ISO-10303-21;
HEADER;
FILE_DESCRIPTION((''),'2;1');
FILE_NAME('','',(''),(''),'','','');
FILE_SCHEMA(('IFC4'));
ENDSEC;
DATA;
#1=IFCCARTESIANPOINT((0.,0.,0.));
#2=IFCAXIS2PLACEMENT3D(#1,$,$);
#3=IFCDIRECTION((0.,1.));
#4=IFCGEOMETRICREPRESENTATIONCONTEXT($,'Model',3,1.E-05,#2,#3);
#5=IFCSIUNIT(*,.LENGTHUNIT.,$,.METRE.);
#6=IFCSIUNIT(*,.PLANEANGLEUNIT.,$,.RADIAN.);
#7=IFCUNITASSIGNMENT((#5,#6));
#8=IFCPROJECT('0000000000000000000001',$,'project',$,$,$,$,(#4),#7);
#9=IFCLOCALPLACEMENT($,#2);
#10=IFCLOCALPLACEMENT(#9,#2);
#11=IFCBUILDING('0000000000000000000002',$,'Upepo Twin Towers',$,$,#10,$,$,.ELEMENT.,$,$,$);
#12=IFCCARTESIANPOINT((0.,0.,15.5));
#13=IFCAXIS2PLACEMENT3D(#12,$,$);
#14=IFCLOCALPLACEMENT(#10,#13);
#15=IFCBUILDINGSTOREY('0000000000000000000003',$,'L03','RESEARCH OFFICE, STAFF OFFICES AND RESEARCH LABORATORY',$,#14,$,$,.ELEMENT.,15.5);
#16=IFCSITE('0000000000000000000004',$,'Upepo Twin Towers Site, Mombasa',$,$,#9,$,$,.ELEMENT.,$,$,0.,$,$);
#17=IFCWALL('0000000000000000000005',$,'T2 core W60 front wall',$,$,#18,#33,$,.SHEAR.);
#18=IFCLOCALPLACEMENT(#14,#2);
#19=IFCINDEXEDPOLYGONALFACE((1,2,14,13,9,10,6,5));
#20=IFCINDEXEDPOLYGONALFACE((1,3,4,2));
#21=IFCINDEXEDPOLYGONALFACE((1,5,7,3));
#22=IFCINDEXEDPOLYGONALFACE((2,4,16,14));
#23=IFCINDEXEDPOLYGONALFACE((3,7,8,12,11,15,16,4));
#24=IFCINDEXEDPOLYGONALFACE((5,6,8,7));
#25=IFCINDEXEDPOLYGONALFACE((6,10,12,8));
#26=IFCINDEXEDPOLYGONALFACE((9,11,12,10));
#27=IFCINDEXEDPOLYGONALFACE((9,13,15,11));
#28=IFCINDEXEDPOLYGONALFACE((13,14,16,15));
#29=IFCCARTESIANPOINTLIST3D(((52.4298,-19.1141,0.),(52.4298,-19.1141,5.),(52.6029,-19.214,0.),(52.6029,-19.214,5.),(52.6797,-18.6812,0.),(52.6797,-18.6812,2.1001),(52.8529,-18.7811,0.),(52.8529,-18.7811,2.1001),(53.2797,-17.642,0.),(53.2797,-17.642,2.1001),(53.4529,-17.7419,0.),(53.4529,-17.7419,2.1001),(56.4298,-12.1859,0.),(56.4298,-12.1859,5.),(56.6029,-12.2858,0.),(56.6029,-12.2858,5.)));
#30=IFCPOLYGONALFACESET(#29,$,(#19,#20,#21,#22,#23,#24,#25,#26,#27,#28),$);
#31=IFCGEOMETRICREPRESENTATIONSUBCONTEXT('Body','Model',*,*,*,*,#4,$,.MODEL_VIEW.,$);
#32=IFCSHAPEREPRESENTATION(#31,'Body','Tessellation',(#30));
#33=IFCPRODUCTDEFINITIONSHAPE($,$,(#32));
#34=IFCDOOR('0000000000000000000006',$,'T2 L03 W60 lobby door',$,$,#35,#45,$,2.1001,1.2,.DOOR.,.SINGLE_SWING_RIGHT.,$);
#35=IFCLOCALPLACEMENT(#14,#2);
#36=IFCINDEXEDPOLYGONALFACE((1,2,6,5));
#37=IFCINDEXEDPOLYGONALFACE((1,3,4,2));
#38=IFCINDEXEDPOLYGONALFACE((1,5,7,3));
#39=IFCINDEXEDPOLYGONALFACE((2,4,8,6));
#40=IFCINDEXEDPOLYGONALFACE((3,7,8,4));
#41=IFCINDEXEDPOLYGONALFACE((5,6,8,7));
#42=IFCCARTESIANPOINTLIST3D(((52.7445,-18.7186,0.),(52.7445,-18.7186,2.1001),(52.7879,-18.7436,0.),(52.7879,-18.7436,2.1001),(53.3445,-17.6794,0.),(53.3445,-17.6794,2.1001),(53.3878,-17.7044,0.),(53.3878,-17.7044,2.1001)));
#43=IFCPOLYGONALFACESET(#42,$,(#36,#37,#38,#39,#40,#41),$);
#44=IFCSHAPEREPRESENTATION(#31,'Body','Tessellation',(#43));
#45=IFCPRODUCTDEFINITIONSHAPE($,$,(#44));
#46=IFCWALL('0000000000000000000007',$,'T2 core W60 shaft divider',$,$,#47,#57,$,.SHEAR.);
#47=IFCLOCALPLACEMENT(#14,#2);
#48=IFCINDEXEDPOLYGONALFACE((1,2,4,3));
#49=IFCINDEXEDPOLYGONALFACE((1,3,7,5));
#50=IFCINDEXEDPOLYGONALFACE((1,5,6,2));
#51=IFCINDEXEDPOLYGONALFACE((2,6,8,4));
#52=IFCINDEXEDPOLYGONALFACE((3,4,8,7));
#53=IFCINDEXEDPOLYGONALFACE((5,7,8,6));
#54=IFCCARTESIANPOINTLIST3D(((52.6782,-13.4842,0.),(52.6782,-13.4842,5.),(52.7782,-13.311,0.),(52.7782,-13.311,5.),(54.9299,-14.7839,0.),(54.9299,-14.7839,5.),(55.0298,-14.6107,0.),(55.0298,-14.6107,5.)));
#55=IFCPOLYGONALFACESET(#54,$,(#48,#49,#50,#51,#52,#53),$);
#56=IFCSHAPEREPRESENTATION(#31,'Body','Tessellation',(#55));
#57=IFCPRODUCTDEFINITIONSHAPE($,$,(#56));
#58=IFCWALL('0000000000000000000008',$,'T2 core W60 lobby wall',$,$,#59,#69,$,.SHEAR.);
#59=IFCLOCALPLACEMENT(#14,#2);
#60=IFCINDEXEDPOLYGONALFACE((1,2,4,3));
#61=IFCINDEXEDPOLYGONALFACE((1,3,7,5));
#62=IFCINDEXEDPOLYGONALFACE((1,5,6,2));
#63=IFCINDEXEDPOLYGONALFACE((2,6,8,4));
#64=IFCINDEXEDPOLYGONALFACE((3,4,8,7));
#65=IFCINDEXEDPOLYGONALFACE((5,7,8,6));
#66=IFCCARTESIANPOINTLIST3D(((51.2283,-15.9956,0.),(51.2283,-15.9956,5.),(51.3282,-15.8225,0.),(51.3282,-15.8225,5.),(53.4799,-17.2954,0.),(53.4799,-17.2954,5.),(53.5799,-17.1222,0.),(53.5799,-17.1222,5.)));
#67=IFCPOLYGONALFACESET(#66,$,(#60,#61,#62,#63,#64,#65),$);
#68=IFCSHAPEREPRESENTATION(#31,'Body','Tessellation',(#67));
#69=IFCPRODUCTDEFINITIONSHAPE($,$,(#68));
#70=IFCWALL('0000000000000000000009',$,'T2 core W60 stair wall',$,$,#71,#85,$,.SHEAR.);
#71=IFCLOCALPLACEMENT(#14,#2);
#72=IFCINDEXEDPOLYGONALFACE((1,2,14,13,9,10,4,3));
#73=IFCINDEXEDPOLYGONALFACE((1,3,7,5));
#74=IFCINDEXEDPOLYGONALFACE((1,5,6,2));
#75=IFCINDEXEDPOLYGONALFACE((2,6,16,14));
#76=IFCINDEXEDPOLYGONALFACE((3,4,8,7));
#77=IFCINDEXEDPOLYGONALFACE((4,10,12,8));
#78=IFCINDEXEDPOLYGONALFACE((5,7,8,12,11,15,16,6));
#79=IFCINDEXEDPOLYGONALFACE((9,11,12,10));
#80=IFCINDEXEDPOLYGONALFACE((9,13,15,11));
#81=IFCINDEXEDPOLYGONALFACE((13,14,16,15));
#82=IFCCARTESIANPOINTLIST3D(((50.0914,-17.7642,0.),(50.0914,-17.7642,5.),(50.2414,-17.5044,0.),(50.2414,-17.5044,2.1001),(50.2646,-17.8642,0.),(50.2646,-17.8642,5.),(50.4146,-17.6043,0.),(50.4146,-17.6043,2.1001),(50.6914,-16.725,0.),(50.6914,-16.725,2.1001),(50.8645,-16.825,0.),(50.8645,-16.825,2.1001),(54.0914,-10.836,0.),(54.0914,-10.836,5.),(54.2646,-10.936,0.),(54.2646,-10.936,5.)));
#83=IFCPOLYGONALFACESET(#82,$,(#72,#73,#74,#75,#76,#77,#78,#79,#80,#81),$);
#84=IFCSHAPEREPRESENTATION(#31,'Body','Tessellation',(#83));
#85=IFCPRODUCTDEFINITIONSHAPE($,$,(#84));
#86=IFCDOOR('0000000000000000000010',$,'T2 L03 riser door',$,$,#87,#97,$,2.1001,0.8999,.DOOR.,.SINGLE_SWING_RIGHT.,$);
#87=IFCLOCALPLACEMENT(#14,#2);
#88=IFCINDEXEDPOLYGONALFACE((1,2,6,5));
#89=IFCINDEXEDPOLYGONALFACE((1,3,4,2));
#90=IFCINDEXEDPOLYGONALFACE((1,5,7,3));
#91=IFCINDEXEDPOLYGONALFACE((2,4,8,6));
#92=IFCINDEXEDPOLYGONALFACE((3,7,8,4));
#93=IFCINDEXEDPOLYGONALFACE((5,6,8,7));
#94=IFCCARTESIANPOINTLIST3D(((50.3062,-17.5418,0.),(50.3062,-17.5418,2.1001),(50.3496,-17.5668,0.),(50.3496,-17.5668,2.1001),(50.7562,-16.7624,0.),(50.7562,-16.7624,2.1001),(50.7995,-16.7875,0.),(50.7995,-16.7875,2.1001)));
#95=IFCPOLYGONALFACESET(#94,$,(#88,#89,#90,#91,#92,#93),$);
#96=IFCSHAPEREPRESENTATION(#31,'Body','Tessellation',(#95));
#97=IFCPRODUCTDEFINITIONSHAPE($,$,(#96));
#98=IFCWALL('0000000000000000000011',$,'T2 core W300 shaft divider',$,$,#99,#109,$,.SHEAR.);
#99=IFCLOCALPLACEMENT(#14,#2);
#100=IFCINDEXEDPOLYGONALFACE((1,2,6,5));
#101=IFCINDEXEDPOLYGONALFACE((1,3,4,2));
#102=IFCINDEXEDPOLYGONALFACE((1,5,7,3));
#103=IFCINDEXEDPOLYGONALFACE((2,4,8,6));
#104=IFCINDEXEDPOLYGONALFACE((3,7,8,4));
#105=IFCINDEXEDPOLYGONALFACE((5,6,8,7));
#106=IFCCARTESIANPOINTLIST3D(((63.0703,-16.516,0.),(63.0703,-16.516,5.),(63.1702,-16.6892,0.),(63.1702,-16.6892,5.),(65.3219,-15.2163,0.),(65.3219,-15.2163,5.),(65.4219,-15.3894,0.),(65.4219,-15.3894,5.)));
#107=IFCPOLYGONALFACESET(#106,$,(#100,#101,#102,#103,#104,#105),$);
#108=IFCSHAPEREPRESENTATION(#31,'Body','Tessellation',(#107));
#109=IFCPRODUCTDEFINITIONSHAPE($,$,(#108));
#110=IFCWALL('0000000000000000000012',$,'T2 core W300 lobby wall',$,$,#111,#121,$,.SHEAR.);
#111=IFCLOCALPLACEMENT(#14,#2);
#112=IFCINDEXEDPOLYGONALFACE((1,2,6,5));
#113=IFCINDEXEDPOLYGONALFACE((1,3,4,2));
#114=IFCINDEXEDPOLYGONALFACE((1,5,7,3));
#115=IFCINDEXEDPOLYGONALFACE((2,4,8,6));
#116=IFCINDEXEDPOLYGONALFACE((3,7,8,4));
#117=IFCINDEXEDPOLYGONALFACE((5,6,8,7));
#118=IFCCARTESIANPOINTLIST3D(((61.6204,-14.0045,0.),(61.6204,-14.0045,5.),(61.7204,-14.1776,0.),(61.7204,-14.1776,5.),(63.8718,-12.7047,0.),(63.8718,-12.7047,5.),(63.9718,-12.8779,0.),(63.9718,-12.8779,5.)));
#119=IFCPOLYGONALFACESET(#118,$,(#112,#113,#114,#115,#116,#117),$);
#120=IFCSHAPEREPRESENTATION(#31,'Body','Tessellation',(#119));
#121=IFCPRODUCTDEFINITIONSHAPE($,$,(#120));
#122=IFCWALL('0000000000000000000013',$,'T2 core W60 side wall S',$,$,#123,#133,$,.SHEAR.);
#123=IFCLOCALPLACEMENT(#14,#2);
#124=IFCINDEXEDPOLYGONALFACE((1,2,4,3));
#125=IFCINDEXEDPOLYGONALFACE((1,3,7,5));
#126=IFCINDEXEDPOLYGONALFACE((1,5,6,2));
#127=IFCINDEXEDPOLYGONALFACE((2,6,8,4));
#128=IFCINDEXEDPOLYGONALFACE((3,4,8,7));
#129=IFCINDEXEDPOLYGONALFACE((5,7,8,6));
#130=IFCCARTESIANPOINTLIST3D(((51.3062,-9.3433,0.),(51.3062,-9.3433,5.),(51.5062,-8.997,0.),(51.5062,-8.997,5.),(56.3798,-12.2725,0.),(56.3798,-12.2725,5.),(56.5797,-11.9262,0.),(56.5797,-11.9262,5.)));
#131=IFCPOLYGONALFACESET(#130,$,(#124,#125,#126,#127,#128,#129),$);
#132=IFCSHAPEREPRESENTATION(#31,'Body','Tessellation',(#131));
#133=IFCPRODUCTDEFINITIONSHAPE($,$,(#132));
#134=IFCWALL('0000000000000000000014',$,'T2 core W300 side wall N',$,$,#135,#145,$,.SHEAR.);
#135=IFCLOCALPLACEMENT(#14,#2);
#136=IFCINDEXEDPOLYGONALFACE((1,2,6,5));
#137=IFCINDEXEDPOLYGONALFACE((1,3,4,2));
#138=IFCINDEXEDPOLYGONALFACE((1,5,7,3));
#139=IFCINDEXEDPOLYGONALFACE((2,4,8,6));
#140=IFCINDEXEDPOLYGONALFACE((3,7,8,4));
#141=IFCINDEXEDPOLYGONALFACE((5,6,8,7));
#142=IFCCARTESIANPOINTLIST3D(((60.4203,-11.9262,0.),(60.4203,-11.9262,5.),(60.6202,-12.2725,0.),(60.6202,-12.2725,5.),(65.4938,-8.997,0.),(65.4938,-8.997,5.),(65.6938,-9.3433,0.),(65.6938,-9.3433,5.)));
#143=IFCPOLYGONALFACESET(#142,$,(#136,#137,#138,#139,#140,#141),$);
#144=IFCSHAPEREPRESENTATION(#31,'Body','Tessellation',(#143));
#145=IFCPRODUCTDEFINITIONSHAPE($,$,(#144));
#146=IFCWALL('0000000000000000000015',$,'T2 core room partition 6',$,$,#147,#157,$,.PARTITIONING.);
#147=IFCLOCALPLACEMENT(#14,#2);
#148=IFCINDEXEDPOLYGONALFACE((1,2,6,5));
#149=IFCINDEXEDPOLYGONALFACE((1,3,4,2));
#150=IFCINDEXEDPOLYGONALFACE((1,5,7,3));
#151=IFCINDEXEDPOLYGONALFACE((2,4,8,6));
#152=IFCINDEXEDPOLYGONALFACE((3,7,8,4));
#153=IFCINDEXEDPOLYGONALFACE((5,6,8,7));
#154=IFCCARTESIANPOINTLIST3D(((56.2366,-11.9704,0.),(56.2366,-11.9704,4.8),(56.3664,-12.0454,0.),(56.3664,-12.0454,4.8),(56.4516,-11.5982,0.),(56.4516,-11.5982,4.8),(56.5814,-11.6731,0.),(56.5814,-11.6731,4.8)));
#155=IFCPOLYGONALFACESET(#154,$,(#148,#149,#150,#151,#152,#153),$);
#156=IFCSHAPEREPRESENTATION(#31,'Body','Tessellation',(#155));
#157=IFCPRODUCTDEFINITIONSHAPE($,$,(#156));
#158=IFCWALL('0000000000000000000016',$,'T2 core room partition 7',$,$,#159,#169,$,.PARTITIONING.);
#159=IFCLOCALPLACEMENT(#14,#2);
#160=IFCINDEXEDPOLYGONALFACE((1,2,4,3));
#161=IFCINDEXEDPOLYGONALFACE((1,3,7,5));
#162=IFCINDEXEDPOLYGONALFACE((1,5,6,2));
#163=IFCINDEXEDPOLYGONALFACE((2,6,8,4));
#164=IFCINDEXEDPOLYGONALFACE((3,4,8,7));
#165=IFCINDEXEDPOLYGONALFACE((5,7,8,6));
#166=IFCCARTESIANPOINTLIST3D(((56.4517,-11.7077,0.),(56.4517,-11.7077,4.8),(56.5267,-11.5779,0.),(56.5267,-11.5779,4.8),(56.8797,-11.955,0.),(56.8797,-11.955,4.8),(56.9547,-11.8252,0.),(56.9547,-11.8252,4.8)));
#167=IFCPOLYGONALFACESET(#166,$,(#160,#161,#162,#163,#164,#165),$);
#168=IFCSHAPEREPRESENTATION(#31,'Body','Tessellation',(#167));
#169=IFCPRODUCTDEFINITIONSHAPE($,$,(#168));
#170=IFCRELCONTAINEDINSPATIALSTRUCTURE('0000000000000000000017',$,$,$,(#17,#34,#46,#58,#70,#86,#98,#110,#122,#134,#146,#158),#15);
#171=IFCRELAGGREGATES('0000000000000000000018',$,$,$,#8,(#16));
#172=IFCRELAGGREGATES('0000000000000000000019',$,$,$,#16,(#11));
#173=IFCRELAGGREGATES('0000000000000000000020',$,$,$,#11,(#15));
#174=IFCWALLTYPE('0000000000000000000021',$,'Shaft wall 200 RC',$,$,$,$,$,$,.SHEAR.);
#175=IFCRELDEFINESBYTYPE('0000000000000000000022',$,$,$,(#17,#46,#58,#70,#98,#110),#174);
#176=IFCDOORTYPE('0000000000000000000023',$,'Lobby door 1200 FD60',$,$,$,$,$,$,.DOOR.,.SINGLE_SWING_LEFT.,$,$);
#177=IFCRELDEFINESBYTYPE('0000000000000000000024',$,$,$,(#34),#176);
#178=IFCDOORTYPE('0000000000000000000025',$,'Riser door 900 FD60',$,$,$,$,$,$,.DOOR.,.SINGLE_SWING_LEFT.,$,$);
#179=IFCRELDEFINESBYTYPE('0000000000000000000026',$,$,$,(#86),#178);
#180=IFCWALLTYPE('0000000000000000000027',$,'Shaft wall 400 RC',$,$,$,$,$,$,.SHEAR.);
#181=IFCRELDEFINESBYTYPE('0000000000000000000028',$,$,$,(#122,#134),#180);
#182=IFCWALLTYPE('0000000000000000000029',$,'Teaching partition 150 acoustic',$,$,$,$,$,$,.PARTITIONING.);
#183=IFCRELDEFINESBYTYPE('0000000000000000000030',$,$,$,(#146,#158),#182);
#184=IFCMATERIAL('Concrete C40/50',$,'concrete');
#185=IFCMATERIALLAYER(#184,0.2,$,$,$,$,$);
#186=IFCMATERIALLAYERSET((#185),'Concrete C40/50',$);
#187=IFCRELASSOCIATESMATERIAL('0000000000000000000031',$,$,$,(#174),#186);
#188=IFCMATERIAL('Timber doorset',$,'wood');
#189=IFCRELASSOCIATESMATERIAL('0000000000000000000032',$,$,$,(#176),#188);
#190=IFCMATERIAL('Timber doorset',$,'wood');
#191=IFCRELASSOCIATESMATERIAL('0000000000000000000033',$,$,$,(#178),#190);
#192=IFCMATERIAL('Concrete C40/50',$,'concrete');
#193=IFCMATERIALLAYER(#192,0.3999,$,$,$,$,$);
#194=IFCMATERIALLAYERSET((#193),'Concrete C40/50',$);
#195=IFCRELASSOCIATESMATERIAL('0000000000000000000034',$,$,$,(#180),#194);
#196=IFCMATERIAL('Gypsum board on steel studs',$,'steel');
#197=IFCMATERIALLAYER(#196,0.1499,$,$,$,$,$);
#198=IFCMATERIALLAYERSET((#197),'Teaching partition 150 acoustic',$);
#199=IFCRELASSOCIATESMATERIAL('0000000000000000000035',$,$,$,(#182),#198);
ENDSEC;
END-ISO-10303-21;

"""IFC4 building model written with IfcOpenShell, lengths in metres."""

from ifc_helpers import new_model, si_unit, direction, frame, frame_2d, origin, place, context, subcontext, project, spatial, rectangle, extrude, material, layer, layer_set, type_object, element, fill, save


model = new_model("IFC4")

# Units and contexts
model_context = context("Model", 3, precision=1e-05, world=origin(), true_north=direction((0.0, 1.0)))
body_context = subcontext(model_context, "Body", "Model", "MODEL_VIEW")
ifc_project = project(units=[si_unit("LENGTHUNIT", "METRE"), si_unit("PLANEANGLEUNIT", "RADIAN")], contexts=[model_context])

# Site, building, storey
site_placement = place(None, origin())
site = spatial("IfcSite", under=ifc_project, at=site_placement, Name="Upepo Twin Towers Site, Mombasa", CompositionType="ELEMENT", RefElevation=0.0)
building_placement = place(site_placement, origin())
building = spatial("IfcBuilding", under=site, at=building_placement, Name="Upepo Twin Towers", CompositionType="ELEMENT")
storey_placement = place(building_placement, frame((0.0, 0.0, 15.5)))
storey = spatial("IfcBuildingStorey", under=building, at=storey_placement, Name="L03", Description="RESEARCH OFFICE, STAFF OFFICES AND RESEARCH LABORATORY", CompositionType="ELEMENT", Elevation=15.5)

# Wall, opening, door
ifc_material_1 = material(Name="Concrete C40/50", Category="concrete")
ifc_layer_1 = layer(ifc_material_1, 0.2)
ifc_layer_set_1 = layer_set([ifc_layer_1], Name="Concrete C40/50")
wall_type_1 = type_object("IfcWallType", Name="Shaft wall 200 RC", PredefinedType="SHEAR", material=ifc_layer_set_1)
wall_1_placement = place(storey_placement, frame((56.5164, -12.2358, 0.0), z_axis=(0.0, 0.0, 1.0), x_axis=(-0.499999, -0.866026, 0.0)))
wall_1 = element("IfcWall", 1, at=wall_1_placement, inside=storey, type_object=wall_type_1, Name="T2 core W60 front wall", PredefinedType="SHEAR", context=body_context, shape_type="SweptSolid", body=[
    extrude(rectangle(XDim=8.0, YDim=0.2, at=frame_2d((4.0, 0.0))), origin(), (0.0, 0.0, 1.0), 5.0),
])
opening_1_placement = place(wall_1_placement, frame((6.3, 0.0, 0.0)))
opening_1 = element("IfcOpeningElement", 2, at=opening_1_placement, cuts=wall_1, PredefinedType="OPENING", context=body_context, shape_type="SweptSolid", body=[
    extrude(rectangle(XDim=1.2, YDim=2.1001, at=frame_2d((0.6001, 1.05))), frame((0.0, 0.1099, 0.0), z_axis=(0.0, -1.0, 0.0), x_axis=(1.0, 0.0, 0.0)), (0.0, 0.0, 1.0), 0.22),
])
ifc_material_2 = material(Name="Timber doorset", Category="wood")
door_type_1 = type_object("IfcDoorType", Name="Lobby door 1200 FD60", OperationType="SINGLE_SWING_LEFT", PredefinedType="DOOR", material=ifc_material_2)
door_1_placement = place(opening_1_placement, origin())
door_1 = element("IfcDoor", 3, at=door_1_placement, inside=storey, type_object=door_type_1, Name="T2 L03 W60 lobby door", OperationType="SINGLE_SWING_RIGHT", OverallHeight=2.1001, OverallWidth=1.2, PredefinedType="DOOR", context=body_context, shape_type="SweptSolid", body=[
    extrude(rectangle(XDim=1.2, YDim=2.1001, at=frame_2d((0.6001, 1.05))), frame((0.0, 0.0249, 0.0), z_axis=(0.0, -1.0, 0.0), x_axis=(1.0, 0.0, 0.0)), (0.0, 0.0, 1.0), 0.05),
])
fill(opening_1, door_1)

# Walls
for number, where, z_axis, x_axis, name in (
    (4, (54.9797, -14.6973, 0.0), (0.0, 0.0, 1.0), (-0.866062, 0.499937, 0.0), "T2 core W60 shaft divider"),
    (5, (53.5298, -17.2087, 0.0), (0.0, 0.0, 1.0), (-0.866062, 0.499937, 0.0), "T2 core W60 lobby wall"),
):
    element("IfcWall", number, at=place(storey_placement, frame(where, z_axis=z_axis, x_axis=x_axis)), inside=storey, type_object=wall_type_1, Name=name, PredefinedType="SHEAR", context=body_context, shape_type="SweptSolid", body=[
        extrude(rectangle(XDim=2.5999, YDim=0.2, at=frame_2d((1.2998, 0.0))), origin(), (0.0, 0.0, 1.0), 5.0),
    ])

# Wall, opening, door
wall_2_placement = place(storey_placement, frame((54.178, -10.886, 0.0), z_axis=(0.0, 0.0, 1.0), x_axis=(-0.499999, -0.866026, 0.0)))
wall_2 = element("IfcWall", 6, at=wall_2_placement, inside=storey, type_object=wall_type_1, Name="T2 core W60 stair wall", PredefinedType="SHEAR", context=body_context, shape_type="SweptSolid", body=[
    extrude(rectangle(XDim=8.0, YDim=0.2, at=frame_2d((4.0, 0.0))), origin(), (0.0, 0.0, 1.0), 5.0),
])
opening_2_placement = place(wall_2_placement, frame((6.8, 0.0, 0.0)))
opening_2 = element("IfcOpeningElement", 7, at=opening_2_placement, cuts=wall_2, PredefinedType="OPENING", context=body_context, shape_type="SweptSolid", body=[
    extrude(rectangle(XDim=0.8999, YDim=2.1001, at=frame_2d((0.45, 1.05))), frame((0.0, 0.1099, 0.0), z_axis=(0.0, -1.0, 0.0), x_axis=(1.0, 0.0, 0.0)), (0.0, 0.0, 1.0), 0.22),
])
ifc_material_3 = material(Name="Timber doorset", Category="wood")
door_type_2 = type_object("IfcDoorType", Name="Riser door 900 FD60", OperationType="SINGLE_SWING_LEFT", PredefinedType="DOOR", material=ifc_material_3)
door_2_placement = place(opening_2_placement, origin())
door_2 = element("IfcDoor", 8, at=door_2_placement, inside=storey, type_object=door_type_2, Name="T2 L03 riser door", OperationType="SINGLE_SWING_RIGHT", OverallHeight=2.1001, OverallWidth=0.8999, PredefinedType="DOOR", context=body_context, shape_type="SweptSolid", body=[
    extrude(rectangle(XDim=0.8999, YDim=2.1001, at=frame_2d((0.45, 1.05))), frame((0.0, 0.0249, 0.0), z_axis=(0.0, -1.0, 0.0), x_axis=(1.0, 0.0, 0.0)), (0.0, 0.0, 1.0), 0.05),
])
fill(opening_2, door_2)

# Walls
wall_3_placement = place(storey_placement, frame((63.1204, -16.6025, 0.0), z_axis=(0.0, 0.0, 1.0), x_axis=(0.866062, 0.499937, 0.0)))
element("IfcWall", 9, at=wall_3_placement, inside=storey, type_object=wall_type_1, Name="T2 core W300 shaft divider", PredefinedType="SHEAR", context=body_context, shape_type="SweptSolid", body=[
    extrude(rectangle(XDim=2.5999, YDim=0.2, at=frame_2d((1.2998, 0.0))), origin(), (0.0, 0.0, 1.0), 5.0),
])
wall_4_placement = place(storey_placement, frame((61.6704, -14.0911, 0.0), z_axis=(0.0, 0.0, 1.0), x_axis=(0.866039, 0.499977, 0.0)))
element("IfcWall", 10, at=wall_4_placement, inside=storey, type_object=wall_type_1, Name="T2 core W300 lobby wall", PredefinedType="SHEAR", context=body_context, shape_type="SweptSolid", body=[
    extrude(rectangle(XDim=2.5996, YDim=0.2, at=frame_2d((1.2998, 0.0))), origin(), (0.0, 0.0, 1.0), 5.0),
])
ifc_material_4 = material(Name="Concrete C40/50", Category="concrete")
ifc_layer_2 = layer(ifc_material_4, 0.3999)
ifc_layer_set_2 = layer_set([ifc_layer_2], Name="Concrete C40/50")
wall_type_2 = type_object("IfcWallType", Name="Shaft wall 400 RC", PredefinedType="SHEAR", material=ifc_layer_set_2)
for number, where, z_axis, x_axis, name in (
    (11, (56.4797, -12.0994, 0.0), (0.0, 0.0, 1.0), (-0.866024, 0.500003, 0.0), "T2 core W60 side wall S"),
    (12, (60.5203, -12.0994, 0.0), (0.0, 0.0, 1.0), (0.866024, 0.500003, 0.0), "T2 core W300 side wall N"),
):
    element("IfcWall", number, at=place(storey_placement, frame(where, z_axis=z_axis, x_axis=x_axis)), inside=storey, type_object=wall_type_2, Name=name, PredefinedType="SHEAR", context=body_context, shape_type="SweptSolid", body=[
        extrude(rectangle(XDim=5.8584, YDim=0.3999, at=frame_2d((2.9292, 0.0))), origin(), (0.0, 0.0, 1.0), 5.0),
    ])
ifc_material_5 = material(Name="Gypsum board on steel studs", Category="steel")
ifc_layer_3 = layer(ifc_material_5, 0.1499)
ifc_layer_set_3 = layer_set([ifc_layer_3], Name="Teaching partition 150 acoustic")
wall_type_3 = type_object("IfcWallType", Name="Teaching partition 150 acoustic", PredefinedType="PARTITIONING", material=ifc_layer_set_3)
wall_5_placement = place(storey_placement, frame((56.3015, -12.0078, 0.0), z_axis=(0.0, 0.0, 1.0), x_axis=(0.50023, 0.865892, 0.0)))
element("IfcWall", 13, at=wall_5_placement, inside=storey, type_object=wall_type_3, Name="T2 core room partition 6", PredefinedType="PARTITIONING", context=body_context, shape_type="SweptSolid", body=[
    extrude(rectangle(XDim=0.4299, YDim=0.1499, at=frame_2d((0.2148, 0.0))), origin(), (0.0, 0.0, 1.0), 4.8),
])
wall_6_placement = place(storey_placement, frame((56.4893, -11.6428, 0.0), z_axis=(0.0, 0.0, 1.0), x_axis=(0.865832, -0.500335, 0.0)))
element("IfcWall", 14, at=wall_6_placement, inside=storey, type_object=wall_type_3, Name="T2 core room partition 7", PredefinedType="PARTITIONING", context=body_context, shape_type="SweptSolid", body=[
    extrude(rectangle(XDim=0.4944, YDim=0.1499, at=frame_2d((0.2471, 0.0))), origin(), (0.0, 0.0, 1.0), 4.8),
])

save(model, "model.ifc")
